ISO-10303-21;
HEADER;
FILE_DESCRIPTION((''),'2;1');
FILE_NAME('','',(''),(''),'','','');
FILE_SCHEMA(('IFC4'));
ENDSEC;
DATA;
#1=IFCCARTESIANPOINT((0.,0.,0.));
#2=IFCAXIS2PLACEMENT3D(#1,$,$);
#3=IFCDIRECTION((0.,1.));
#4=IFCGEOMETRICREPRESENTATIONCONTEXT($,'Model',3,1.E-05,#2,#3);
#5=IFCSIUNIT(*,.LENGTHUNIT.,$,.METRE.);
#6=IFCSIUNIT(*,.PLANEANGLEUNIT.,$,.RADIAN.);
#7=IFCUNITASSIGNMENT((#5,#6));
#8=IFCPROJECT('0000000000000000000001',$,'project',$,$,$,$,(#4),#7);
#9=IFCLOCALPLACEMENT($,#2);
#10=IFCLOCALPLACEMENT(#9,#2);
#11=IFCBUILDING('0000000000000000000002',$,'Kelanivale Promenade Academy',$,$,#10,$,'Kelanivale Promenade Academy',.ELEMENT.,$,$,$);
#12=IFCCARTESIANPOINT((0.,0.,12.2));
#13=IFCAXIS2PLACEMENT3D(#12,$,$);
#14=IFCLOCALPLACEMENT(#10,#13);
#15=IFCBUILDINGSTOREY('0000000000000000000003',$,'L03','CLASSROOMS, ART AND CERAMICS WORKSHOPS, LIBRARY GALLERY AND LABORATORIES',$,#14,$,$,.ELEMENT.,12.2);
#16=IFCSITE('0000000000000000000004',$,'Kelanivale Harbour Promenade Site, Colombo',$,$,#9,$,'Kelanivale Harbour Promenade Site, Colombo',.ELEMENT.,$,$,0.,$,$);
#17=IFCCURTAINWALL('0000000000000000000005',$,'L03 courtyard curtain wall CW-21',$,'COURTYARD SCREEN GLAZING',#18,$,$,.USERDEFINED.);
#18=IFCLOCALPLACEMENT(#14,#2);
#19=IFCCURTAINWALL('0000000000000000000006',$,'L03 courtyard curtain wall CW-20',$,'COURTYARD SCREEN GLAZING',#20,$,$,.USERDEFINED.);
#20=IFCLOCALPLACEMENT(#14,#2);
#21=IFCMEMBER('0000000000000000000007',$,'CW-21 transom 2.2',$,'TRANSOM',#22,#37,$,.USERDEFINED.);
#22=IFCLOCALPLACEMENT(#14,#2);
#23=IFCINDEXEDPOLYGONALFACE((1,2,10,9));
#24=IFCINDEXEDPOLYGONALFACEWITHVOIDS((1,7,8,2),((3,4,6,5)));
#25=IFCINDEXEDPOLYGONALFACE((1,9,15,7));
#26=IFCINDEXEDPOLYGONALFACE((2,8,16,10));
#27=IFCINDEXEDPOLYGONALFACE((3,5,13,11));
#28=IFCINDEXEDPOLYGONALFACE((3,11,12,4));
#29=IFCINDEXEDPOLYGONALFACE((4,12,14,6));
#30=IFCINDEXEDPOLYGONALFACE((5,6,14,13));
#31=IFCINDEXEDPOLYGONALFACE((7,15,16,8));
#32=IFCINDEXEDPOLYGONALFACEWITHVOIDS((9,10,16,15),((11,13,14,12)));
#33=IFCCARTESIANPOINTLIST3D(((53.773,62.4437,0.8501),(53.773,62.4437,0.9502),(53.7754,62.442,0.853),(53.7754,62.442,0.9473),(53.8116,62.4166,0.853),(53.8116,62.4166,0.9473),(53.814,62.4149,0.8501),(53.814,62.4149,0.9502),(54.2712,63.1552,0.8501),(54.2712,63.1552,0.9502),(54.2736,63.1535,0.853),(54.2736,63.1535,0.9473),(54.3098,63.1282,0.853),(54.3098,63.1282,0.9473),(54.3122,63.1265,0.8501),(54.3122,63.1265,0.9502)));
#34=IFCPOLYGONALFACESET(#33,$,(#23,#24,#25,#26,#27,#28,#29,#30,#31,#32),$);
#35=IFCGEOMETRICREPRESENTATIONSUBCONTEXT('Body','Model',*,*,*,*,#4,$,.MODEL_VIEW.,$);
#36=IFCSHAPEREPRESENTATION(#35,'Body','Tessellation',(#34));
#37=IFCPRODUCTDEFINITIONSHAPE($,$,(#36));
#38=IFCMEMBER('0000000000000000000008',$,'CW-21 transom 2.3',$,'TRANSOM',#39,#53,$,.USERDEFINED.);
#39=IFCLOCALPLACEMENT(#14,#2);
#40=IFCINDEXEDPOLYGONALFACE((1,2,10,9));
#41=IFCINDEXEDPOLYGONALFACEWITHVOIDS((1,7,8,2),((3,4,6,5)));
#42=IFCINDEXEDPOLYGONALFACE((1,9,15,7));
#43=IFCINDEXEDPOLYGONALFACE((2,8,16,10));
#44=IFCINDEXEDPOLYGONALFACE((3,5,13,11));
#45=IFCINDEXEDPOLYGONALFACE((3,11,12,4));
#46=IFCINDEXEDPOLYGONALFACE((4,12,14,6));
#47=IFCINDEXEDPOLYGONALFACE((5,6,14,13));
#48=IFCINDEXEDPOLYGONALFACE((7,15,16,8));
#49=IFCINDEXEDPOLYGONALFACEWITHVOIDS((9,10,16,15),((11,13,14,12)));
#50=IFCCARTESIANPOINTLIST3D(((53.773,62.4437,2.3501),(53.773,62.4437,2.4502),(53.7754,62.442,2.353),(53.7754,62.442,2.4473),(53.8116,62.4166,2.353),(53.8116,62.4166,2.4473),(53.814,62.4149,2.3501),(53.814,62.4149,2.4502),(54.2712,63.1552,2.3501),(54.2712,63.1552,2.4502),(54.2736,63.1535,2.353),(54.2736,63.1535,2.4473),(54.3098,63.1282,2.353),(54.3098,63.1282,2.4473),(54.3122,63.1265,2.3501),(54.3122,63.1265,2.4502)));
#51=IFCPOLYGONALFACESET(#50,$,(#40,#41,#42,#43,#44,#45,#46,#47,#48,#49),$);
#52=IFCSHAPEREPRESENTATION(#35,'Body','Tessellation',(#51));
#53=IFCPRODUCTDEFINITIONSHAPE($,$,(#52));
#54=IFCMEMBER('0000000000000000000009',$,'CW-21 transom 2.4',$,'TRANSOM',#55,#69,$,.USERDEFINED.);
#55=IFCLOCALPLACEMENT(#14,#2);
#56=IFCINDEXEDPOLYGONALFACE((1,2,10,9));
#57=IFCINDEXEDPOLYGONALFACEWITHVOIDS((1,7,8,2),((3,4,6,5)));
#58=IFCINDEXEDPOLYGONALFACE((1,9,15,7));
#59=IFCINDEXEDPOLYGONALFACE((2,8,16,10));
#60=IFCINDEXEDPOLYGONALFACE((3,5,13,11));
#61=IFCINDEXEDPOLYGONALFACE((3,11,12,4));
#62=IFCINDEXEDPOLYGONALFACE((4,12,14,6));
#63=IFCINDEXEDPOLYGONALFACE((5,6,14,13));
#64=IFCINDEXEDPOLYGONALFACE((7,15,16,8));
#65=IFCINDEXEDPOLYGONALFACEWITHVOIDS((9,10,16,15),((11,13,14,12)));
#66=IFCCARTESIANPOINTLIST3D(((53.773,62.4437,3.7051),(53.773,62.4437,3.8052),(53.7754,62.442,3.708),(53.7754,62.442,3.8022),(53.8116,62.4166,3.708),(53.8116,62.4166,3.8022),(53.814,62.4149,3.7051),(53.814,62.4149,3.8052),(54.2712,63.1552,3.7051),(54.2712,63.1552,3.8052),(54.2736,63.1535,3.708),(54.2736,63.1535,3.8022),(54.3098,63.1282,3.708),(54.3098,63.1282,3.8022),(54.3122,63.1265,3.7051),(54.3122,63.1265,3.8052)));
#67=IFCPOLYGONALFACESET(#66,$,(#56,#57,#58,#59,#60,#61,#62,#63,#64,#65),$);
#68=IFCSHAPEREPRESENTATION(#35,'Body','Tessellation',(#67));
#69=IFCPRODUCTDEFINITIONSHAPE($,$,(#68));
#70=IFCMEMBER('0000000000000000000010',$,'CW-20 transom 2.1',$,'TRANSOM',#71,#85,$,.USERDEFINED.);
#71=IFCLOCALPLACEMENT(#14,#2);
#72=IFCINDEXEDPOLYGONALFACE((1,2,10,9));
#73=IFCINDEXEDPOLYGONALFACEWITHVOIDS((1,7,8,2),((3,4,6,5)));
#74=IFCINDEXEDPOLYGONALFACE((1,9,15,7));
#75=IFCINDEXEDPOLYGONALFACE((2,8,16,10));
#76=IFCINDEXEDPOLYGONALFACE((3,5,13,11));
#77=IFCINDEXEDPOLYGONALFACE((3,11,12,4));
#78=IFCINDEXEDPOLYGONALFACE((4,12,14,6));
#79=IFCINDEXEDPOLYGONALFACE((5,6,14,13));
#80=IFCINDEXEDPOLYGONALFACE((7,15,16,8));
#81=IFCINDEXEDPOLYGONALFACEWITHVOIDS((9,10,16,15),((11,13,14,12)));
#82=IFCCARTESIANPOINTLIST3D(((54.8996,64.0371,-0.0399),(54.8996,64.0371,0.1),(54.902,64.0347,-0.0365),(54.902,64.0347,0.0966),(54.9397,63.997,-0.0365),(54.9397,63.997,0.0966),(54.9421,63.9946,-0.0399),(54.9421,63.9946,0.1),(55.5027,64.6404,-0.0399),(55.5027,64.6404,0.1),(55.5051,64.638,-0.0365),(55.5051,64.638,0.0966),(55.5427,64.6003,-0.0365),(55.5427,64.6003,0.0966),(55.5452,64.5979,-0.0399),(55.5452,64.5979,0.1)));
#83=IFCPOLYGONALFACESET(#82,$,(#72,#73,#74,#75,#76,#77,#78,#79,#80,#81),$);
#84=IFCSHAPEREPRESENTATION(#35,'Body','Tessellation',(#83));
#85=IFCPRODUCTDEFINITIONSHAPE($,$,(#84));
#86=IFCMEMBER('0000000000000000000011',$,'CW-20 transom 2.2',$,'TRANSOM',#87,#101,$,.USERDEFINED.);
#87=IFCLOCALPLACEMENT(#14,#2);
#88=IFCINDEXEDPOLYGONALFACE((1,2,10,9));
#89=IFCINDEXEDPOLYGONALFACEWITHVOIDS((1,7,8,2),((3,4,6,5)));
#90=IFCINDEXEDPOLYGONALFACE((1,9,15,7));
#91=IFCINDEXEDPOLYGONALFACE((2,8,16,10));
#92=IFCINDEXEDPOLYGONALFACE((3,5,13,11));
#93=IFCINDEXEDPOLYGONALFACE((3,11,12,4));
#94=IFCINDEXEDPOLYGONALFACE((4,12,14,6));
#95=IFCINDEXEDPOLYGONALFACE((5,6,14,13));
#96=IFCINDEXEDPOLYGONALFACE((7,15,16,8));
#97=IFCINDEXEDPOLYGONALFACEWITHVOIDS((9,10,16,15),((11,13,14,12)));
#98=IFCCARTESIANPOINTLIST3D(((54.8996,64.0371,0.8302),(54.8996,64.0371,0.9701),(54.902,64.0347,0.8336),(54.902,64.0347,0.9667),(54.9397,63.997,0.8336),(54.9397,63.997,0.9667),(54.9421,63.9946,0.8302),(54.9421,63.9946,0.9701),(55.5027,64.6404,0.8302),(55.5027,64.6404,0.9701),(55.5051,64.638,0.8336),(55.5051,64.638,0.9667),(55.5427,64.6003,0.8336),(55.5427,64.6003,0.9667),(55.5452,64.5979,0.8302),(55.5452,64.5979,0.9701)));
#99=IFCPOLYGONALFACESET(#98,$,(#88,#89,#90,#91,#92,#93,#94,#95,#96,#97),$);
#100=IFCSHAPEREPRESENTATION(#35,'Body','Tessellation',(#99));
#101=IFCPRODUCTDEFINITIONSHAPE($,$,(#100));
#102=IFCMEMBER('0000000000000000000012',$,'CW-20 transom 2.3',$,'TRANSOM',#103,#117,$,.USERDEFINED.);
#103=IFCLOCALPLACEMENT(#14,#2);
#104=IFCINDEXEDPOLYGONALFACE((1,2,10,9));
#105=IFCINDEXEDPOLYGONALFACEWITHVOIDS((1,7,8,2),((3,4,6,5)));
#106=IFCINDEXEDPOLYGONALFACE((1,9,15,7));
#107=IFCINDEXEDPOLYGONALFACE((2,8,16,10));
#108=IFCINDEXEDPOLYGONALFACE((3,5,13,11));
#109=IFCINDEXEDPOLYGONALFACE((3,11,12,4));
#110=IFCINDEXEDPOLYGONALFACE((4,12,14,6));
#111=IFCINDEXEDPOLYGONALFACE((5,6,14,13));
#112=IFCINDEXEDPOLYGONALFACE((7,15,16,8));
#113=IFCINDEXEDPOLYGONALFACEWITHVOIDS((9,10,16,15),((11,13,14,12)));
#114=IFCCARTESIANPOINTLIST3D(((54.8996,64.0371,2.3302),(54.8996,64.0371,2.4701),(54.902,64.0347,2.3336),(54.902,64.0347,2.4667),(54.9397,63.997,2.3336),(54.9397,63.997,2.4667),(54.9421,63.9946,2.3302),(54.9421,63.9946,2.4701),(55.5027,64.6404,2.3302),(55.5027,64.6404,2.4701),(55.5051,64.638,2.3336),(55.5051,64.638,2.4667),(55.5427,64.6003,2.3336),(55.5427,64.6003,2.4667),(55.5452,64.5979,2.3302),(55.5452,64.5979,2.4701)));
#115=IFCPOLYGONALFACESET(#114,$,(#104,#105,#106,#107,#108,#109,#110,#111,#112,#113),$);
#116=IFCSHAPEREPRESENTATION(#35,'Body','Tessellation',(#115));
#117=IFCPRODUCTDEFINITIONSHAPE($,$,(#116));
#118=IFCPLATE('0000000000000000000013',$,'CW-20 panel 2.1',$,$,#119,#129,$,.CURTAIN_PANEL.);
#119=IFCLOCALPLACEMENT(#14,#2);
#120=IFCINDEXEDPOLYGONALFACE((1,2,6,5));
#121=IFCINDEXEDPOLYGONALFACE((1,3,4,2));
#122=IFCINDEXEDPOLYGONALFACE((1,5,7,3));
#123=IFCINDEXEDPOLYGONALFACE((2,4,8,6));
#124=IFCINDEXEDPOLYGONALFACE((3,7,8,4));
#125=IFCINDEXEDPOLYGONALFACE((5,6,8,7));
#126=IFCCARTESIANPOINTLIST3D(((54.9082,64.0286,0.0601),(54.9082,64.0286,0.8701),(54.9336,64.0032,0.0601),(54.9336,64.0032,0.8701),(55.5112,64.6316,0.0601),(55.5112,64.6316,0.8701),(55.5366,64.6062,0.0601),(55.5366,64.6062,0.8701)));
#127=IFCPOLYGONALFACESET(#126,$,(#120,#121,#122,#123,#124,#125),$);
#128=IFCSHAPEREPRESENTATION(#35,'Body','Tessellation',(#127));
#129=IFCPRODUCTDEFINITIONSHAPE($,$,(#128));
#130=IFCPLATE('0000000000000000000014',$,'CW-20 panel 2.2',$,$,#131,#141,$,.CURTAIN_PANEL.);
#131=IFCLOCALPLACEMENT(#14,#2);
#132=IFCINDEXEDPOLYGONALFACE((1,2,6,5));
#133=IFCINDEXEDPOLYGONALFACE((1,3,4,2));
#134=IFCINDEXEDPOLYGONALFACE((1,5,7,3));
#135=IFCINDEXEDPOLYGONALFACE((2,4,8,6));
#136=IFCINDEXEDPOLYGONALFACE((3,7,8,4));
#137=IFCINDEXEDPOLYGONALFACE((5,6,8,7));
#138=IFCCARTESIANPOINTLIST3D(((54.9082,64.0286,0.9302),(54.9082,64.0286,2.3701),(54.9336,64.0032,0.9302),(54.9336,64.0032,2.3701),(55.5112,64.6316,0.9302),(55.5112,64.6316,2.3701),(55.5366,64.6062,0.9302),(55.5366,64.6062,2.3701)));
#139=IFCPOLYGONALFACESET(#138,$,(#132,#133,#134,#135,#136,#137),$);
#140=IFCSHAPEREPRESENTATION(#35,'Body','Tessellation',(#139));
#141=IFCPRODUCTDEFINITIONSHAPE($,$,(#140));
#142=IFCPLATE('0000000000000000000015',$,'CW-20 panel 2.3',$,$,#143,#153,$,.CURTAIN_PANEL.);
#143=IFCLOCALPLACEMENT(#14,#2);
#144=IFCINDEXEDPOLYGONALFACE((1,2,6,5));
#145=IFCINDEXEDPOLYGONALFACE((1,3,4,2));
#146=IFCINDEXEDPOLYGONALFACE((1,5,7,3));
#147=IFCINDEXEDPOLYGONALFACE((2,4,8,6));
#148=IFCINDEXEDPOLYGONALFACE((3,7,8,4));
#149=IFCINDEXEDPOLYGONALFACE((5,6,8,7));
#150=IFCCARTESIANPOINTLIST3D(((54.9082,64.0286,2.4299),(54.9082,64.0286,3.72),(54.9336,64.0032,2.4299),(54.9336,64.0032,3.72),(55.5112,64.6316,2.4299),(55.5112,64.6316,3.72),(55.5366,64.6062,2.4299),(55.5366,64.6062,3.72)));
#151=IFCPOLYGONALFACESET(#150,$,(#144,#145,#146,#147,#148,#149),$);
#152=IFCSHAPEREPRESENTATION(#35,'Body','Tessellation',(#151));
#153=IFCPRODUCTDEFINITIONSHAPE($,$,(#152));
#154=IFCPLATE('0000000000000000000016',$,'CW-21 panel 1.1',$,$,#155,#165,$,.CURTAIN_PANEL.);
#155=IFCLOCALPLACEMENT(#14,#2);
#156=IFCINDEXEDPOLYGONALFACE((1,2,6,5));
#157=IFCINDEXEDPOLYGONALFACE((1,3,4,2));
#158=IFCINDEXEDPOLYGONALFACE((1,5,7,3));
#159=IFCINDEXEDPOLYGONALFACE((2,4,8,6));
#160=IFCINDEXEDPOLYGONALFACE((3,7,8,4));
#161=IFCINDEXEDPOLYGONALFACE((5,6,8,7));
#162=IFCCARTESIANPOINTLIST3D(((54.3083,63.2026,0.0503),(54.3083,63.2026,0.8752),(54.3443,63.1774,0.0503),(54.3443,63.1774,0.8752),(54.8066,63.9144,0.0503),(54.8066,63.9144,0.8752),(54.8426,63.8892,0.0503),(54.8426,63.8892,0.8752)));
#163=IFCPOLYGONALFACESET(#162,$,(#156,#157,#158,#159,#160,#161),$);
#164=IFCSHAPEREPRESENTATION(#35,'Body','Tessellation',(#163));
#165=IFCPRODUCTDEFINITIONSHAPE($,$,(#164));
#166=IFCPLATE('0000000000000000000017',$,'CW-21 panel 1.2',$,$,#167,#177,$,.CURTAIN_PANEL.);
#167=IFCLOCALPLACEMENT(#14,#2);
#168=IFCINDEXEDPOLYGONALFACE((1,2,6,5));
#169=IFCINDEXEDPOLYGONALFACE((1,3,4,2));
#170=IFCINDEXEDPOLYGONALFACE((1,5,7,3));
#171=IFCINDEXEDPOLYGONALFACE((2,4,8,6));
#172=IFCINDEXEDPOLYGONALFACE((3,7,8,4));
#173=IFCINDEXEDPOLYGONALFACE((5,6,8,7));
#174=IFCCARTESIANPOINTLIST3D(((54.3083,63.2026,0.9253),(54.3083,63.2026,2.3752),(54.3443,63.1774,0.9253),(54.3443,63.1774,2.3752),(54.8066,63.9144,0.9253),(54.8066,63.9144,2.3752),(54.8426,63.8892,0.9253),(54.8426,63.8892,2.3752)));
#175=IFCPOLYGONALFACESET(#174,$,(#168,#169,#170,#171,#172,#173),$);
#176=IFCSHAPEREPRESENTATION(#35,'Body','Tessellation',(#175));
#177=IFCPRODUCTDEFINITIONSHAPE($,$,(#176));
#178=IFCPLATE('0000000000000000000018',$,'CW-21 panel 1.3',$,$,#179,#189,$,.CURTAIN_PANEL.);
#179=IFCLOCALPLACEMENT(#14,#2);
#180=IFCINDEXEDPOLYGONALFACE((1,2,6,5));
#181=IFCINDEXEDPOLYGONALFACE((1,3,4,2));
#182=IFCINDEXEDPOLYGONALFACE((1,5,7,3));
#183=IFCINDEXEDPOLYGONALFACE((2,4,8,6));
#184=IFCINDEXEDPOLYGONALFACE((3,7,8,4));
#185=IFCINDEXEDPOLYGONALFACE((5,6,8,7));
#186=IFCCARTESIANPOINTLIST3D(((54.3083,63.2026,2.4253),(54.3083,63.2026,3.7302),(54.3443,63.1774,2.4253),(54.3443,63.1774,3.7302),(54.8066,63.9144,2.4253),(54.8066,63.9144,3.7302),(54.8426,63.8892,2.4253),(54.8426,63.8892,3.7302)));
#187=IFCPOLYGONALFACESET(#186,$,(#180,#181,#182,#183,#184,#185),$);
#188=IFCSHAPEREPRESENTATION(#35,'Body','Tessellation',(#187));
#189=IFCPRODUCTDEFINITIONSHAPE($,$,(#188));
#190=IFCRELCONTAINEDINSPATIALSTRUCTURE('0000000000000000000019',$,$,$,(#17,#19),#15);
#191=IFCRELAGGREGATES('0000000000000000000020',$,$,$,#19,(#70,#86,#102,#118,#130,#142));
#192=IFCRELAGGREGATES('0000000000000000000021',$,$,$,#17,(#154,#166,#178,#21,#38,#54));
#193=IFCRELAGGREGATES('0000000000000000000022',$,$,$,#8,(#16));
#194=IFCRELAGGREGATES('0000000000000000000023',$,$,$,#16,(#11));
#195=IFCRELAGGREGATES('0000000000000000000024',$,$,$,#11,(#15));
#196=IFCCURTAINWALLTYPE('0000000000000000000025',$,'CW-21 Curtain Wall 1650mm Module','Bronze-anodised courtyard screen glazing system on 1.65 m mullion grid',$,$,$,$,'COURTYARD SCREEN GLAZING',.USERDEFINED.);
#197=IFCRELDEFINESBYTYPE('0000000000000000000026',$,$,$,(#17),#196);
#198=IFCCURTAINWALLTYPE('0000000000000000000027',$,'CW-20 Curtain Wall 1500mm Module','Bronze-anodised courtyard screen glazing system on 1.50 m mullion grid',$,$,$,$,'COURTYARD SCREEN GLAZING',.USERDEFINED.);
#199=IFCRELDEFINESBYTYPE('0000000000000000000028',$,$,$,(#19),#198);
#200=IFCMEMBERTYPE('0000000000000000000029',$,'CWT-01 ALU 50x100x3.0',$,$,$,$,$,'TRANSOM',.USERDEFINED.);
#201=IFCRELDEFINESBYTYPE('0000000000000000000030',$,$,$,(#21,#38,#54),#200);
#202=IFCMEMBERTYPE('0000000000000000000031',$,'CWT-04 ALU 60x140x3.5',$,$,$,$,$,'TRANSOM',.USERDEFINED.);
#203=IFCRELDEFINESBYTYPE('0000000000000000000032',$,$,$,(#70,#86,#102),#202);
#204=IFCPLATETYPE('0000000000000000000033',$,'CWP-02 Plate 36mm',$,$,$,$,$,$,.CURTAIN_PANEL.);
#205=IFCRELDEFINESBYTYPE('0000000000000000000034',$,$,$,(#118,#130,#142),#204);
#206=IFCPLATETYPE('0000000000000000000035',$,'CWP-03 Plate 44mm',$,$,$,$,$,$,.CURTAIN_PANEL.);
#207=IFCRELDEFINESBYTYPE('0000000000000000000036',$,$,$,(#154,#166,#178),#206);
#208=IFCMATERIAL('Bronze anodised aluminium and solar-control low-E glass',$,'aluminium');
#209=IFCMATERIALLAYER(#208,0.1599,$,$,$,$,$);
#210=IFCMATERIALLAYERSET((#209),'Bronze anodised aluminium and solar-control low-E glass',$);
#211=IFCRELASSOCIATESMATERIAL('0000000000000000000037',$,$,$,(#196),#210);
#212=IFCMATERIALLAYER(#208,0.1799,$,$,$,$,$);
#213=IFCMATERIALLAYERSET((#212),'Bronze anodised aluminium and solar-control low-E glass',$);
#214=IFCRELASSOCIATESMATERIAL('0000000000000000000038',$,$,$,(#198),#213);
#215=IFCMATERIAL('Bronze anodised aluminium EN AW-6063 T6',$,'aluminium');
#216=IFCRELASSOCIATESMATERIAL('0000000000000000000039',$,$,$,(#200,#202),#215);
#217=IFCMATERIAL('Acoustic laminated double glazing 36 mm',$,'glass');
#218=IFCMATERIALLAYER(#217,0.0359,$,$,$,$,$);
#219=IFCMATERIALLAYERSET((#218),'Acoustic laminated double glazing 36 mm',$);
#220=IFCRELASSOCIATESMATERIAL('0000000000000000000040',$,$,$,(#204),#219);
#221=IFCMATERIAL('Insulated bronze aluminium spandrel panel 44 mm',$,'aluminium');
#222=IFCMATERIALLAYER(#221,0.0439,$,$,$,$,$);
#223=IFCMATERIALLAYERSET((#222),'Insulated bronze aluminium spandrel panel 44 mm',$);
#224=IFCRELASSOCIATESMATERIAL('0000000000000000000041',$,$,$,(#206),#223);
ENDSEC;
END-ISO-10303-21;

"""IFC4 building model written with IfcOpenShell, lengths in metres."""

from ifc_helpers import new_model, si_unit, direction, frame, origin, origin_2d, place, context, subcontext, project, spatial, rectangle, hollow_rectangle, extrude, material, layer, layer_set, material_profile, profile_set, type_object, element, aggregate, save


model = new_model("IFC4")

# Units and contexts
model_context = context("Model", 3, precision=1e-05, world=origin(), true_north=direction((0.0, 1.0)))
body_context = subcontext(model_context, "Body", "Model", "MODEL_VIEW")
ifc_project = project(units=[si_unit("LENGTHUNIT", "METRE"), si_unit("PLANEANGLEUNIT", "RADIAN")], contexts=[model_context])

# Site, building, storey
site_placement = place(None, origin())
site = spatial("IfcSite", under=ifc_project, at=site_placement, Name="Kelanivale Harbour Promenade Site, Colombo", LongName="Kelanivale Harbour Promenade Site, Colombo", CompositionType="ELEMENT", RefElevation=0.0)
building_placement = place(site_placement, origin())
building = spatial("IfcBuilding", under=site, at=building_placement, Name="Kelanivale Promenade Academy", LongName="Kelanivale Promenade Academy", CompositionType="ELEMENT")
storey_placement = place(building_placement, frame((0.0, 0.0, 12.2)))
storey = spatial("IfcBuildingStorey", under=building, at=storey_placement, Name="L03", Description="CLASSROOMS, ART AND CERAMICS WORKSHOPS, LIBRARY GALLERY AND LABORATORIES", CompositionType="ELEMENT", Elevation=12.2)

# Curtain wall
ifc_material_1 = material(Name="Bronze anodised aluminium and solar-control low-E glass", Category="aluminium")
ifc_layer_1 = layer(ifc_material_1, 0.1599)
ifc_layer_set_1 = layer_set([ifc_layer_1], Name="Bronze anodised aluminium and solar-control low-E glass")
curtain_wall_type_1 = type_object("IfcCurtainWallType", Name="CW-21 Curtain Wall 1650mm Module", Description="Bronze-anodised courtyard screen glazing system on 1.65 m mullion grid", ElementType="COURTYARD SCREEN GLAZING", PredefinedType="USERDEFINED", material=ifc_layer_set_1)
curtain_wall_1_placement = place(storey_placement, origin())
curtain_wall_1 = element("IfcCurtainWall", 1, at=curtain_wall_1_placement, inside=storey, type_object=curtain_wall_type_1, Name="L03 courtyard curtain wall CW-21", ObjectType="COURTYARD SCREEN GLAZING", PredefinedType="USERDEFINED")
ifc_material_2 = material(Name="Bronze anodised aluminium EN AW-6063 T6", Category="aluminium")

# Curtain wall
ifc_layer_2 = layer(ifc_material_1, 0.1799)
ifc_layer_set_2 = layer_set([ifc_layer_2], Name="Bronze anodised aluminium and solar-control low-E glass")
curtain_wall_type_2 = type_object("IfcCurtainWallType", Name="CW-20 Curtain Wall 1500mm Module", Description="Bronze-anodised courtyard screen glazing system on 1.50 m mullion grid", ElementType="COURTYARD SCREEN GLAZING", PredefinedType="USERDEFINED", material=ifc_layer_set_2)
curtain_wall_2_placement = place(storey_placement, origin())
curtain_wall_2 = element("IfcCurtainWall", 2, at=curtain_wall_2_placement, inside=storey, type_object=curtain_wall_type_2, Name="L03 courtyard curtain wall CW-20", ObjectType="COURTYARD SCREEN GLAZING", PredefinedType="USERDEFINED")

# Members
ifc_material_profile_1 = material_profile(ifc_material_2, hollow_rectangle(XDim=0.05, YDim=0.1001, WallThickness=0.0029, at=origin_2d()), Name="ALU 50x100x3.0")
ifc_profile_set_1 = profile_set([ifc_material_profile_1], Name="Bronze anodised aluminium EN AW-6063 T6")
member_type_1 = type_object("IfcMemberType", Name="CWT-01 ALU 50x100x3.0", ElementType="TRANSOM", PredefinedType="USERDEFINED", material=ifc_profile_set_1)
member_1_placement = place(storey_placement, frame((54.2917, 63.1409, 0.9001), z_axis=(-0.573557, -0.819166, 0.0), x_axis=(0.819166, -0.573557, 0.0)))
member_1 = element("IfcMember", 3, at=member_1_placement, type_object=member_type_1, Name="CW-21 transom 2.2", ObjectType="TRANSOM", PredefinedType="USERDEFINED", context=body_context, shape_type="SweptSolid", body=[
    extrude(hollow_rectangle(XDim=0.05, YDim=0.1001, WallThickness=0.0029, at=origin_2d()), origin(), (0.0, 0.0, 1.0), 0.8687),
])
member_2_placement = place(storey_placement, frame((54.2917, 63.1409, 2.4001), z_axis=(-0.573557, -0.819166, 0.0), x_axis=(0.819166, -0.573557, 0.0)))
member_2 = element("IfcMember", 4, at=member_2_placement, type_object=member_type_1, Name="CW-21 transom 2.3", ObjectType="TRANSOM", PredefinedType="USERDEFINED", context=body_context, shape_type="SweptSolid", body=[
    extrude(hollow_rectangle(XDim=0.05, YDim=0.1001, WallThickness=0.0029, at=origin_2d()), origin(), (0.0, 0.0, 1.0), 0.8687),
])
member_3_placement = place(storey_placement, frame((54.2917, 63.1409, 3.7551), z_axis=(-0.573557, -0.819166, 0.0), x_axis=(0.819166, -0.573557, 0.0)))
member_3 = element("IfcMember", 5, at=member_3_placement, type_object=member_type_1, Name="CW-21 transom 2.4", ObjectType="TRANSOM", PredefinedType="USERDEFINED", context=body_context, shape_type="SweptSolid", body=[
    extrude(hollow_rectangle(XDim=0.05, YDim=0.1001, WallThickness=0.0029, at=origin_2d()), origin(), (0.0, 0.0, 1.0), 0.8687),
])
ifc_material_profile_2 = material_profile(ifc_material_2, hollow_rectangle(XDim=0.0601, YDim=0.1399, WallThickness=0.0034, at=origin_2d()), Name="ALU 60x140x3.5")
ifc_profile_set_2 = profile_set([ifc_material_profile_2], Name="Bronze anodised aluminium EN AW-6063 T6")
member_type_2 = type_object("IfcMemberType", Name="CWT-04 ALU 60x140x3.5", ElementType="TRANSOM", PredefinedType="USERDEFINED", material=ifc_profile_set_2)
member_4_placement = place(storey_placement, frame((55.5239, 64.6191, 0.03), z_axis=(-0.706964, -0.70725, 0.0), x_axis=(0.70725, -0.706964, 0.0)))
member_4 = element("IfcMember", 6, at=member_4_placement, type_object=member_type_2, Name="CW-20 transom 2.1", ObjectType="TRANSOM", PredefinedType="USERDEFINED", context=body_context, shape_type="SweptSolid", body=[
    extrude(hollow_rectangle(XDim=0.0601, YDim=0.1399, WallThickness=0.0034, at=origin_2d()), origin(), (0.0, 0.0, 1.0), 0.853),
])
member_5_placement = place(storey_placement, frame((55.5239, 64.6191, 0.9001), z_axis=(-0.706964, -0.70725, 0.0), x_axis=(0.70725, -0.706964, 0.0)))
member_5 = element("IfcMember", 7, at=member_5_placement, type_object=member_type_2, Name="CW-20 transom 2.2", ObjectType="TRANSOM", PredefinedType="USERDEFINED", context=body_context, shape_type="SweptSolid", body=[
    extrude(hollow_rectangle(XDim=0.0601, YDim=0.1399, WallThickness=0.0034, at=origin_2d()), origin(), (0.0, 0.0, 1.0), 0.853),
])
member_6_placement = place(storey_placement, frame((55.5239, 64.6191, 2.4001), z_axis=(-0.706964, -0.70725, 0.0), x_axis=(0.70725, -0.706964, 0.0)))
member_6 = element("IfcMember", 8, at=member_6_placement, type_object=member_type_2, Name="CW-20 transom 2.3", ObjectType="TRANSOM", PredefinedType="USERDEFINED", context=body_context, shape_type="SweptSolid", body=[
    extrude(hollow_rectangle(XDim=0.0601, YDim=0.1399, WallThickness=0.0034, at=origin_2d()), origin(), (0.0, 0.0, 1.0), 0.853),
])

# Plates
ifc_material_3 = material(Name="Acoustic laminated double glazing 36 mm", Category="glass")
ifc_layer_3 = layer(ifc_material_3, 0.0359)
ifc_layer_set_3 = layer_set([ifc_layer_3], Name="Acoustic laminated double glazing 36 mm")
plate_type_1 = type_object("IfcPlateType", Name="CWP-02 Plate 36mm", PredefinedType="CURTAIN_PANEL", material=ifc_layer_set_3)
plate_1_placement = place(storey_placement, frame((55.2224, 64.3174, 0.0601), z_axis=(0.0, 0.0, 1.0), x_axis=(-0.707107, -0.707107, 0.0)))
plate_1 = element("IfcPlate", 9, at=plate_1_placement, type_object=plate_type_1, Name="CW-20 panel 2.1", PredefinedType="CURTAIN_PANEL", context=body_context, shape_type="SweptSolid", body=[
    extrude(rectangle(XDim=0.8528, YDim=0.0359, at=origin_2d()), origin(), (0.0, 0.0, 1.0), 0.8101),
])
plate_2_placement = place(storey_placement, frame((55.2224, 64.3174, 0.9302), z_axis=(0.0, 0.0, 1.0), x_axis=(-0.707107, -0.707107, 0.0)))
plate_2 = element("IfcPlate", 10, at=plate_2_placement, type_object=plate_type_1, Name="CW-20 panel 2.2", PredefinedType="CURTAIN_PANEL", context=body_context, shape_type="SweptSolid", body=[
    extrude(rectangle(XDim=0.8528, YDim=0.0359, at=origin_2d()), origin(), (0.0, 0.0, 1.0), 1.4399),
])
plate_3_placement = place(storey_placement, frame((55.2224, 64.3174, 2.4299), z_axis=(0.0, 0.0, 1.0), x_axis=(-0.707107, -0.707107, 0.0)))
plate_3 = element("IfcPlate", 11, at=plate_3_placement, type_object=plate_type_1, Name="CW-20 panel 2.3", PredefinedType="CURTAIN_PANEL", context=body_context, shape_type="SweptSolid", body=[
    extrude(rectangle(XDim=0.8528, YDim=0.0359, at=origin_2d()), origin(), (0.0, 0.0, 1.0), 1.29),
])
aggregate(curtain_wall_2, [member_4, member_5, member_6, plate_1, plate_2, plate_3])
ifc_material_4 = material(Name="Insulated bronze aluminium spandrel panel 44 mm", Category="aluminium")
ifc_layer_4 = layer(ifc_material_4, 0.0439)
ifc_layer_set_4 = layer_set([ifc_layer_4], Name="Insulated bronze aluminium spandrel panel 44 mm")
plate_type_2 = type_object("IfcPlateType", Name="CWP-03 Plate 44mm", PredefinedType="CURTAIN_PANEL", material=ifc_layer_set_4)
plate_4_placement = place(storey_placement, frame((54.5754, 63.5459, 0.0503), z_axis=(0.0, 0.0, 1.0), x_axis=(-0.573567, -0.819158, 0.0)))
plate_4 = element("IfcPlate", 12, at=plate_4_placement, type_object=plate_type_2, Name="CW-21 panel 1.1", PredefinedType="CURTAIN_PANEL", context=body_context, shape_type="SweptSolid", body=[
    extrude(rectangle(XDim=0.8689, YDim=0.0439, at=origin_2d()), origin(), (0.0, 0.0, 1.0), 0.825),
])
plate_5_placement = place(storey_placement, frame((54.5754, 63.5459, 0.9253), z_axis=(0.0, 0.0, 1.0), x_axis=(-0.573567, -0.819158, 0.0)))
plate_5 = element("IfcPlate", 13, at=plate_5_placement, type_object=plate_type_2, Name="CW-21 panel 1.2", PredefinedType="CURTAIN_PANEL", context=body_context, shape_type="SweptSolid", body=[
    extrude(rectangle(XDim=0.8689, YDim=0.0439, at=origin_2d()), origin(), (0.0, 0.0, 1.0), 1.45),
])
plate_6_placement = place(storey_placement, frame((54.5754, 63.5459, 2.4253), z_axis=(0.0, 0.0, 1.0), x_axis=(-0.573567, -0.819158, 0.0)))
plate_6 = element("IfcPlate", 14, at=plate_6_placement, type_object=plate_type_2, Name="CW-21 panel 1.3", PredefinedType="CURTAIN_PANEL", context=body_context, shape_type="SweptSolid", body=[
    extrude(rectangle(XDim=0.8689, YDim=0.0439, at=origin_2d()), origin(), (0.0, 0.0, 1.0), 1.3049),
])
aggregate(curtain_wall_1, [plate_4, plate_5, plate_6, member_1, member_2, member_3])

save(model, "model.ifc")
